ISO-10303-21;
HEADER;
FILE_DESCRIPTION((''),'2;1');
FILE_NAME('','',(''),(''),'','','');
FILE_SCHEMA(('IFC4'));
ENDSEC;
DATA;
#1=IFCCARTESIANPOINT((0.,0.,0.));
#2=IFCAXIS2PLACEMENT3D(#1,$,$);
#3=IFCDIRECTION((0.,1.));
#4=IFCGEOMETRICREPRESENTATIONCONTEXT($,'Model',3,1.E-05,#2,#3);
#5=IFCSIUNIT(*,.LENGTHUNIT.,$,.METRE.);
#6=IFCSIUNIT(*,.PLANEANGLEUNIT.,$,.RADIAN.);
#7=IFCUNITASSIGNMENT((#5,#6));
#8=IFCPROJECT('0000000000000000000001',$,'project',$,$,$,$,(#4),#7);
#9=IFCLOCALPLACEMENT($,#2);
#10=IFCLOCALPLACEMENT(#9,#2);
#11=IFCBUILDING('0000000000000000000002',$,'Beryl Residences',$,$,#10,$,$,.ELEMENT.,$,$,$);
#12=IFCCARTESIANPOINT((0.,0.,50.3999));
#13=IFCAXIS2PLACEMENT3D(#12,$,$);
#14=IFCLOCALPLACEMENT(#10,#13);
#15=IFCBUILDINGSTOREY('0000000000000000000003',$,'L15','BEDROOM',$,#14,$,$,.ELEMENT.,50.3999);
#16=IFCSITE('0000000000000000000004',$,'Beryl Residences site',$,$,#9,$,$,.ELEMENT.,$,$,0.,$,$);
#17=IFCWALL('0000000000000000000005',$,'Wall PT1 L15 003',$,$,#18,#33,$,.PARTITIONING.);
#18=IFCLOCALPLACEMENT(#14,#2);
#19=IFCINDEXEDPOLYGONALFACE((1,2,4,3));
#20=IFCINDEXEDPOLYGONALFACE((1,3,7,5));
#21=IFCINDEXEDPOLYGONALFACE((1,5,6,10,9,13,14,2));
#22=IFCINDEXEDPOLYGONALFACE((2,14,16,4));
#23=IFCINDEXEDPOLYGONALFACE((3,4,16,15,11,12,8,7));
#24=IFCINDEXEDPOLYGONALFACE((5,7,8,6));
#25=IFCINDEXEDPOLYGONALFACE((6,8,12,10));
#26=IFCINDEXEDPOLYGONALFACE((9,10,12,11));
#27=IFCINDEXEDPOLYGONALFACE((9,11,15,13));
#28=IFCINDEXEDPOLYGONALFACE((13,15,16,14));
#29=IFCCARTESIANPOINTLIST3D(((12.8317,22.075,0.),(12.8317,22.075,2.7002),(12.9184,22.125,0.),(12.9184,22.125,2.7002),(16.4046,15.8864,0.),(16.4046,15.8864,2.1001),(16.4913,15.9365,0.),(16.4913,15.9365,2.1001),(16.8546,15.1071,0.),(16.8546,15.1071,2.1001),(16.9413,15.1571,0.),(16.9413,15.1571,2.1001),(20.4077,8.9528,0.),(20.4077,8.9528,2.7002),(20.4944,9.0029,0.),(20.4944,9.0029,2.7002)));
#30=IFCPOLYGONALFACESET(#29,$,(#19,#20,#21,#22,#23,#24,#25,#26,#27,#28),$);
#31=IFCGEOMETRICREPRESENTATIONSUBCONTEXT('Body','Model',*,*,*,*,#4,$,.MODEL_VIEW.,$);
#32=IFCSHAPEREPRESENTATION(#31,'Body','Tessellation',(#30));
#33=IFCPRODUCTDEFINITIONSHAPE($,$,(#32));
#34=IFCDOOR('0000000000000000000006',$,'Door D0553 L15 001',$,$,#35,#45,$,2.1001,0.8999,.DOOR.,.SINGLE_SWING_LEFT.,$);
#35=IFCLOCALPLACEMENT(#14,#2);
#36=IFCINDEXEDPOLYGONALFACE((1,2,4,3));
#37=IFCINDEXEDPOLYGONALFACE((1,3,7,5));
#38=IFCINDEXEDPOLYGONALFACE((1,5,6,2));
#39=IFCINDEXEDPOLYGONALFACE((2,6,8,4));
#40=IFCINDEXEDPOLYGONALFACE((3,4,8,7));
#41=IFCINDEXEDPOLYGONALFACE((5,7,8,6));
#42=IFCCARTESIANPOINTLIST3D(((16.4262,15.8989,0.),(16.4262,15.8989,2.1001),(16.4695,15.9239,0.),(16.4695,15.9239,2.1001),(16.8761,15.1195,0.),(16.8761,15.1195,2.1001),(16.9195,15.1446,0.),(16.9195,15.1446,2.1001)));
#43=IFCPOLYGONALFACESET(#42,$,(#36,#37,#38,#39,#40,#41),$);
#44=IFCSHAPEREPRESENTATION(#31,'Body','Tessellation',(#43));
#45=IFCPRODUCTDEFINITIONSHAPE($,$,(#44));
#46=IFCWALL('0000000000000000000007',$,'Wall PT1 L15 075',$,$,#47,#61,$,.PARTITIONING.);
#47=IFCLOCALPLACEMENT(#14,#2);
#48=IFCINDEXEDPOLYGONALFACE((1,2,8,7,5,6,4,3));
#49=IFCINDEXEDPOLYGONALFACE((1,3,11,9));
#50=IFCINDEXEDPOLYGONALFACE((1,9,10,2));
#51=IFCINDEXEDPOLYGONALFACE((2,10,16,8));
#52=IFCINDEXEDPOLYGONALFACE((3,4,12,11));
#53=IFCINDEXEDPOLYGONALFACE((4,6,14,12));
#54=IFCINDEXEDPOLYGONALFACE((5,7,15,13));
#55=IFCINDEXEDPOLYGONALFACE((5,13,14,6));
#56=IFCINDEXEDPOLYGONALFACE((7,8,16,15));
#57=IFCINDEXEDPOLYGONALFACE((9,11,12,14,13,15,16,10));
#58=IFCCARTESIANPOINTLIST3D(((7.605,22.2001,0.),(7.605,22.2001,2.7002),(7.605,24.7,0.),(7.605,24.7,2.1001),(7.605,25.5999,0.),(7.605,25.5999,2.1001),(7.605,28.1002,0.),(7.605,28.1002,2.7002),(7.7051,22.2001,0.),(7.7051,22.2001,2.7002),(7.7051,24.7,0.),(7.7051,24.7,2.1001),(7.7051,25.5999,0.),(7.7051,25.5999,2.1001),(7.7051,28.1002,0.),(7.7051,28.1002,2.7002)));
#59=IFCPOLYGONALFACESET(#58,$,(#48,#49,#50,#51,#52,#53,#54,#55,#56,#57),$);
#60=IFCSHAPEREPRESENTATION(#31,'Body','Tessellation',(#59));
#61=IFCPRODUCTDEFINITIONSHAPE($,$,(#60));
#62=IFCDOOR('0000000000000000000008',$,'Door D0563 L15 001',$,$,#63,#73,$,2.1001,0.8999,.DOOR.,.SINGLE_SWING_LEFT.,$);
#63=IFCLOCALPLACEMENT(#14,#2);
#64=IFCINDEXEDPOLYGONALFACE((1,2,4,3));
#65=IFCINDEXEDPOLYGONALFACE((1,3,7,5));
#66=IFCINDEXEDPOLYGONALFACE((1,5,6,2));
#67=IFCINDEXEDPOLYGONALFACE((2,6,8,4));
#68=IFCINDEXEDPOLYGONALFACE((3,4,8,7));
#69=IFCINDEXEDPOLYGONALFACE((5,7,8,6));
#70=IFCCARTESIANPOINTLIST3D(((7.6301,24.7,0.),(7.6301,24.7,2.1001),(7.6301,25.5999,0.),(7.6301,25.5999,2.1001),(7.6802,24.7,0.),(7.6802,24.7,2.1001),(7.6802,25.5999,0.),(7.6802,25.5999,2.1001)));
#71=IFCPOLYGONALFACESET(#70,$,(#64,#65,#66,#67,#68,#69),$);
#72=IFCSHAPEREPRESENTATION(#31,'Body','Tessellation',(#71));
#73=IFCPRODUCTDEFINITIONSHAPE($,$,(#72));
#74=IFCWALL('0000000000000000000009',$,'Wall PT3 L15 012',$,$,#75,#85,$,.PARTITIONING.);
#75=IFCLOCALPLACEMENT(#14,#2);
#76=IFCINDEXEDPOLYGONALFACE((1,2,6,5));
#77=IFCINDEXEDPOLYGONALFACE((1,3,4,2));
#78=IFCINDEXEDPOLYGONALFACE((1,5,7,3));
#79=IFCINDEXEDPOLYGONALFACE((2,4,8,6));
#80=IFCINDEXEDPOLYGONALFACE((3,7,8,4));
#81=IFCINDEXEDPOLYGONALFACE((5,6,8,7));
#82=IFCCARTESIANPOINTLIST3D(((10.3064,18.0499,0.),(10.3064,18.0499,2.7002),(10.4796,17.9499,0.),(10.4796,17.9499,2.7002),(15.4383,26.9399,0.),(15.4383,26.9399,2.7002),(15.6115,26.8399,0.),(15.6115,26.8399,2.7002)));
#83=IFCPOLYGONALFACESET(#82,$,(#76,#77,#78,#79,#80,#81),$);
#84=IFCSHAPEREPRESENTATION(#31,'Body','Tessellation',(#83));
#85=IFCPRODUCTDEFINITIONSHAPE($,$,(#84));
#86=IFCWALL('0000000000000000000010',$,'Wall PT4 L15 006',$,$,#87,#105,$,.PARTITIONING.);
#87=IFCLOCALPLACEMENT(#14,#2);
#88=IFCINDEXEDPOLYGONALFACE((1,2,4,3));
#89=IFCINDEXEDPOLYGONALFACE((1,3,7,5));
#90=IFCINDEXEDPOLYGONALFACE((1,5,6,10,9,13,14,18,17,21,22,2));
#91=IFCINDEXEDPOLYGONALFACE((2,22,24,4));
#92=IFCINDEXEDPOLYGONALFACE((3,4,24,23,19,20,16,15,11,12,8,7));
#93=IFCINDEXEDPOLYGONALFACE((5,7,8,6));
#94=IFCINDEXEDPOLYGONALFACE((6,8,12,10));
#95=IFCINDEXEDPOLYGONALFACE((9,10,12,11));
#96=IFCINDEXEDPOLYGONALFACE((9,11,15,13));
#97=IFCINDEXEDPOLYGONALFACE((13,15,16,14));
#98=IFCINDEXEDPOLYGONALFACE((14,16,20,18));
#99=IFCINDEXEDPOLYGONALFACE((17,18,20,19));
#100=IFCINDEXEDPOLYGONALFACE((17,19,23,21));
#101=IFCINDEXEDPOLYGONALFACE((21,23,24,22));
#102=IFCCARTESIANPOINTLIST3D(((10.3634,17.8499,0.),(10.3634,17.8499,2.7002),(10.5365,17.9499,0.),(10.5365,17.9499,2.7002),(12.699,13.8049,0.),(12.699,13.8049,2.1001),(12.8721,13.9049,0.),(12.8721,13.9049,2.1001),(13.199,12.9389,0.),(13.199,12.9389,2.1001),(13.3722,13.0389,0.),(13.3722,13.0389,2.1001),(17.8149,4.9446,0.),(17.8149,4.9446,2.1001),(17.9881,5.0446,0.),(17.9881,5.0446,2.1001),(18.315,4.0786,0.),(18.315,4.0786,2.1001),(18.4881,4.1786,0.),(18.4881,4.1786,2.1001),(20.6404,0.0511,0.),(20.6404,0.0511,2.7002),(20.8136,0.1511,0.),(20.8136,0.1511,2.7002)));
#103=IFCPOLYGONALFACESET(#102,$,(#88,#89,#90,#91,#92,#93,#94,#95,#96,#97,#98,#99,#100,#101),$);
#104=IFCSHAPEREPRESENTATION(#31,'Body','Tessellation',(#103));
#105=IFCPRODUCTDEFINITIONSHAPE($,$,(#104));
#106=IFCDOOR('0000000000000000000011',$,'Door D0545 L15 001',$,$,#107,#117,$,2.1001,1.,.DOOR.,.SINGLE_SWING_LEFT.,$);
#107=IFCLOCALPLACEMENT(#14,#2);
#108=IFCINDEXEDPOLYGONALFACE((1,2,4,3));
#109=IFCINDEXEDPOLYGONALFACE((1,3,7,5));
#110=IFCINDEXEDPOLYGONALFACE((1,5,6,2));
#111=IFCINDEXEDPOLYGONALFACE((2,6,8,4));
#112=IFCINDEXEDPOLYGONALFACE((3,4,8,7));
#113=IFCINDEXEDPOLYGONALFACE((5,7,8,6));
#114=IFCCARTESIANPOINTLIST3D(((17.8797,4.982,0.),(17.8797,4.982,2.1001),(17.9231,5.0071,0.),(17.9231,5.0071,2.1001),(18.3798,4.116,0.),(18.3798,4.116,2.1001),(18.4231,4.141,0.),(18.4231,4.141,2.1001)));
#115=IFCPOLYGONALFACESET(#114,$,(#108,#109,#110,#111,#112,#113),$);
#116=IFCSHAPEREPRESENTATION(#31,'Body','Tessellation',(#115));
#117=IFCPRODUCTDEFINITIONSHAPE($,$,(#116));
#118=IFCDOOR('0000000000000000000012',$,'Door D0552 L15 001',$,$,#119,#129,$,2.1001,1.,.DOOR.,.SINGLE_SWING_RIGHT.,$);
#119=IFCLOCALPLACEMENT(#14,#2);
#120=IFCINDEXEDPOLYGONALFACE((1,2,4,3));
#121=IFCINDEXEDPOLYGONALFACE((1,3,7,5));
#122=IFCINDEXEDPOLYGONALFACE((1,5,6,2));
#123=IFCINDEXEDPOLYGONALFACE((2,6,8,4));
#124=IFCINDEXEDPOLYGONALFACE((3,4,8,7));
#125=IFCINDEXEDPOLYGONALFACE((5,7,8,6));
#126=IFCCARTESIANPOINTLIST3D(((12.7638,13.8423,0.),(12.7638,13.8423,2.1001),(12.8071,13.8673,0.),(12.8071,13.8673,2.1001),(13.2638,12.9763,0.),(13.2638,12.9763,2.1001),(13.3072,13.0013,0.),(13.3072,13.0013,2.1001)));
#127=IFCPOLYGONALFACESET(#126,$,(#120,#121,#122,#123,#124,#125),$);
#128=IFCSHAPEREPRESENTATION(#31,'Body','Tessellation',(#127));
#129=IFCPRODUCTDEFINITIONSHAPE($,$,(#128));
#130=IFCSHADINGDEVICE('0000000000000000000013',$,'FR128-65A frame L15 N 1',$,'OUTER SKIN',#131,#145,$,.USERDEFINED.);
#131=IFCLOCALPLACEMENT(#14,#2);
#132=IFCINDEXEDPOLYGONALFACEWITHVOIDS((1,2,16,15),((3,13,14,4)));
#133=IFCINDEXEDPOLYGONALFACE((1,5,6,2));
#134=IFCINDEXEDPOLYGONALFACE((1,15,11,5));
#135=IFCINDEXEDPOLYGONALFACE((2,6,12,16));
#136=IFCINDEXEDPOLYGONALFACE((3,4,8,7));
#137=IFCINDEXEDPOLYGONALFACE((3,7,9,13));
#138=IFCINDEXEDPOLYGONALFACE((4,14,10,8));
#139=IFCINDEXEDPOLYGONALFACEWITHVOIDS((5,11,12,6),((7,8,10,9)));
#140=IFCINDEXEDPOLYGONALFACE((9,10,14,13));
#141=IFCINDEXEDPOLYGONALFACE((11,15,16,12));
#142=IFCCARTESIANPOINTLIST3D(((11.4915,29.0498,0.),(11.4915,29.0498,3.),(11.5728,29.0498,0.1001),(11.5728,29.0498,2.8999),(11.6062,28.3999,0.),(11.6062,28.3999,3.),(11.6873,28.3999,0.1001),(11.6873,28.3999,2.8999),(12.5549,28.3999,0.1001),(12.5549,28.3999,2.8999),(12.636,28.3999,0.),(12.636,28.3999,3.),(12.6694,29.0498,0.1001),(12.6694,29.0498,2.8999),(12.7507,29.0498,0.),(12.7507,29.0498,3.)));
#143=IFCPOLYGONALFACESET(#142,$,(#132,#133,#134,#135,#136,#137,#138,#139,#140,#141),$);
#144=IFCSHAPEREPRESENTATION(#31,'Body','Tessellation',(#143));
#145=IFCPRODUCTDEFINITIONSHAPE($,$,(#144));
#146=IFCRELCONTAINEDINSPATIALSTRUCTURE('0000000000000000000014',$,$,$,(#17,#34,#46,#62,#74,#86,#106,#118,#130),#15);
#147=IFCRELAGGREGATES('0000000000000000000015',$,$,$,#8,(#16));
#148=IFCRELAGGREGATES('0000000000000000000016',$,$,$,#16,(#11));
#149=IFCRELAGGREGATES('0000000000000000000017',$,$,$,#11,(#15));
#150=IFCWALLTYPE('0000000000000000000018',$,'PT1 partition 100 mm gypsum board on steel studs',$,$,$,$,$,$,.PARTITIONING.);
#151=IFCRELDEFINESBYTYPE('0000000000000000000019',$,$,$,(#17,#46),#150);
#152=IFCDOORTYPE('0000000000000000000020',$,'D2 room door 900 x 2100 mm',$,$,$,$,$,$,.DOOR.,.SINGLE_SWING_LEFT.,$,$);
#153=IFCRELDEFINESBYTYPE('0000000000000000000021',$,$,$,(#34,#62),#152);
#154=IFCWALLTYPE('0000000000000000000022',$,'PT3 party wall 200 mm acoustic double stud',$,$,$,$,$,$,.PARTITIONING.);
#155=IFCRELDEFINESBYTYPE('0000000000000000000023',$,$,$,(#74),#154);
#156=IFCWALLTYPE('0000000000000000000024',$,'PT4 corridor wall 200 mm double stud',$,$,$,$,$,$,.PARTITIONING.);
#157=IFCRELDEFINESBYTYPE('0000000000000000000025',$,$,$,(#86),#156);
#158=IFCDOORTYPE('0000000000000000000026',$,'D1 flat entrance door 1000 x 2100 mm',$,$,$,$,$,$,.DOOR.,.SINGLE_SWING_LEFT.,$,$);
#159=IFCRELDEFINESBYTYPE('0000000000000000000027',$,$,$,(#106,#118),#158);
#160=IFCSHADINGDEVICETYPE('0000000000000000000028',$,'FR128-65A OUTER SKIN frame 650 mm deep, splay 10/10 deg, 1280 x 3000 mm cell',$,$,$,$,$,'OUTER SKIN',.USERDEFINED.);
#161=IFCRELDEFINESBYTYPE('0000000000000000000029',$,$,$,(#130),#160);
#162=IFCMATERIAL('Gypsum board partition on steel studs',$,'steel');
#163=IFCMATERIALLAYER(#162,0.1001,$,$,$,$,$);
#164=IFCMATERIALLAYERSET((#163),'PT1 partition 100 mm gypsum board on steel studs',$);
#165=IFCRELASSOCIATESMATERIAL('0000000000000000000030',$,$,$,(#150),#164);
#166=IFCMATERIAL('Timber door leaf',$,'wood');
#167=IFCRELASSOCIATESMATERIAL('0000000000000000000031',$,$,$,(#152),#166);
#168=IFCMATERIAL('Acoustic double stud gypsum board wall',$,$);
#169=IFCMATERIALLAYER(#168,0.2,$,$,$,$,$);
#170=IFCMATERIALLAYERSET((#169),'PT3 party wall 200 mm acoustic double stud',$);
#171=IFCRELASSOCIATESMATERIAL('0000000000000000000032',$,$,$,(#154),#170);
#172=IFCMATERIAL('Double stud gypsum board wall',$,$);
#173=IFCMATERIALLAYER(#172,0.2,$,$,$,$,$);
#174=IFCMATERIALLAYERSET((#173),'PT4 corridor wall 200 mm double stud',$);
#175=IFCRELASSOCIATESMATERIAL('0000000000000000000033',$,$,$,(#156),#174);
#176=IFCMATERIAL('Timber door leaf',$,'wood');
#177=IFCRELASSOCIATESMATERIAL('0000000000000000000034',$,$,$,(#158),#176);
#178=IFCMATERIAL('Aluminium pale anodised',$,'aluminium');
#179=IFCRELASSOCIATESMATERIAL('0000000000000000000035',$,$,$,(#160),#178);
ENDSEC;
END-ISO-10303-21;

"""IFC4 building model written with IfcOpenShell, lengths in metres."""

from ifc_helpers import new_model, entity, si_unit, direction, frame, frame_2d, origin, place, context, subcontext, project, spatial, rectangle, extrude, source, transform, mapped, material, layer, layer_set, type_object, type_shapes, element, fill, save


model = new_model("IFC4")

# Units and contexts
model_context = context("Model", 3, precision=1e-05, world=origin(), true_north=direction((0.0, 1.0)))
body_context = subcontext(model_context, "Body", "Model", "MODEL_VIEW")
ifc_project = project(units=[si_unit("LENGTHUNIT", "METRE"), si_unit("PLANEANGLEUNIT", "RADIAN")], contexts=[model_context])

# Site, building, storey
site_placement = place(None, origin())
site = spatial("IfcSite", under=ifc_project, at=site_placement, Name="Beryl Residences site", CompositionType="ELEMENT", RefElevation=0.0)
building_placement = place(site_placement, origin())
building = spatial("IfcBuilding", under=site, at=building_placement, Name="Beryl Residences", CompositionType="ELEMENT")
storey_placement = place(building_placement, frame((0.0, 0.0, 50.3999)))
storey = spatial("IfcBuildingStorey", under=building, at=storey_placement, Name="L15", Description="BEDROOM", CompositionType="ELEMENT", Elevation=50.3999)

# Walls, openings, doors
ifc_material_1 = material(Name="Gypsum board partition on steel studs", Category="steel")
ifc_layer_1 = layer(ifc_material_1, 0.1001)
ifc_layer_set_1 = layer_set([ifc_layer_1], Name="PT1 partition 100 mm gypsum board on steel studs")
wall_type_1 = type_object("IfcWallType", Name="PT1 partition 100 mm gypsum board on steel studs", PredefinedType="PARTITIONING", material=ifc_layer_set_1)
wall_1_placement = place(storey_placement, frame((12.875, 22.1001, 0.0), z_axis=(0.0, 0.0, 1.0), x_axis=(0.499995, -0.866028, 0.0)))
wall_1 = element("IfcWall", 1, at=wall_1_placement, inside=storey, type_object=wall_type_1, Name="Wall PT1 L15 003", PredefinedType="PARTITIONING", context=body_context, shape_type="SweptSolid", body=[
    extrude(rectangle(XDim=15.1521, YDim=0.1001, at=frame_2d((7.5762, 0.0))), origin(), (0.0, 0.0, 1.0), 2.7002),
])
opening_1_placement = place(wall_1_placement, frame((7.146, 0.0, 0.0)))
opening_1 = element("IfcOpeningElement", 2, at=opening_1_placement, cuts=wall_1, PredefinedType="OPENING", context=body_context, shape_type="SweptSolid", body=[
    extrude(rectangle(XDim=0.8999, YDim=2.1001, at=frame_2d((0.45, 1.05))), frame((0.0, 0.0601, 0.0), z_axis=(0.0, -1.0, 0.0), x_axis=(1.0, 0.0, 0.0)), (0.0, 0.0, 1.0), 0.1201),
])
ifc_material_2 = material(Name="Timber door leaf", Category="wood")
door_type_1 = type_object("IfcDoorType", Name="D2 room door 900 x 2100 mm", OperationType="SINGLE_SWING_LEFT", PredefinedType="DOOR", material=ifc_material_2)
door_1_placement = place(opening_1_placement, origin())
door_1 = element("IfcDoor", 3, at=door_1_placement, inside=storey, type_object=door_type_1, Name="Door D0553 L15 001", OperationType="SINGLE_SWING_LEFT", OverallHeight=2.1001, OverallWidth=0.8999, PredefinedType="DOOR", context=body_context, shape_type="SweptSolid", body=[
    extrude(rectangle(XDim=0.8999, YDim=2.1001, at=frame_2d((0.45, 1.05))), frame((0.0, 0.0249, 0.0), z_axis=(0.0, -1.0, 0.0), x_axis=(1.0, 0.0, 0.0)), (0.0, 0.0, 1.0), 0.05),
])
fill(opening_1, door_1)
wall_2_placement = place(storey_placement, frame((7.655, 22.2, 0.0), z_axis=(0.0, 0.0, 1.0), x_axis=(0.0, 1.0, 0.0)))
wall_2 = element("IfcWall", 4, at=wall_2_placement, inside=storey, type_object=wall_type_1, Name="Wall PT1 L15 075", PredefinedType="PARTITIONING", context=body_context, shape_type="SweptSolid", body=[
    extrude(rectangle(XDim=5.9001, YDim=0.1001, at=frame_2d((2.9502, 0.0))), origin(), (0.0, 0.0, 1.0), 2.7002),
])
opening_2_placement = place(wall_2_placement, frame((2.5, 0.0, 0.0)))
opening_2 = element("IfcOpeningElement", 5, at=opening_2_placement, cuts=wall_2, PredefinedType="OPENING", context=body_context, shape_type="SweptSolid", body=[
    extrude(rectangle(XDim=0.8999, YDim=2.1001, at=frame_2d((0.45, 1.05))), frame((0.0, 0.0601, 0.0), z_axis=(0.0, -1.0, 0.0), x_axis=(1.0, 0.0, 0.0)), (0.0, 0.0, 1.0), 0.1201),
])
door_2_placement = place(opening_2_placement, origin())
door_2 = element("IfcDoor", 6, at=door_2_placement, inside=storey, type_object=door_type_1, Name="Door D0563 L15 001", OperationType="SINGLE_SWING_LEFT", OverallHeight=2.1001, OverallWidth=0.8999, PredefinedType="DOOR", context=body_context, shape_type="SweptSolid", body=[
    extrude(rectangle(XDim=0.8999, YDim=2.1001, at=frame_2d((0.45, 1.05))), frame((0.0, 0.0249, 0.0), z_axis=(0.0, -1.0, 0.0), x_axis=(1.0, 0.0, 0.0)), (0.0, 0.0, 1.0), 0.05),
])
fill(opening_2, door_2)

# Wall
ifc_material_3 = material(Name="Acoustic double stud gypsum board wall")
ifc_layer_2 = layer(ifc_material_3, 0.2)
ifc_layer_set_2 = layer_set([ifc_layer_2], Name="PT3 party wall 200 mm acoustic double stud")
wall_type_2 = type_object("IfcWallType", Name="PT3 party wall 200 mm acoustic double stud", PredefinedType="PARTITIONING", material=ifc_layer_set_2)
wall_3_placement = place(storey_placement, frame((10.3931, 18.0, 0.0), z_axis=(0.0, 0.0, 1.0), x_axis=(0.499945, 0.866057, 0.0)))
element("IfcWall", 7, at=wall_3_placement, inside=storey, type_object=wall_type_2, Name="Wall PT3 L15 012", PredefinedType="PARTITIONING", context=body_context, shape_type="SweptSolid", body=[
    extrude(rectangle(XDim=10.2649, YDim=0.2, at=frame_2d((5.1323, 0.0))), origin(), (0.0, 0.0, 1.0), 2.7002),
])

# Wall, openings, doors
ifc_material_4 = material(Name="Double stud gypsum board wall")
ifc_layer_3 = layer(ifc_material_4, 0.2)
ifc_layer_set_3 = layer_set([ifc_layer_3], Name="PT4 corridor wall 200 mm double stud")
wall_type_3 = type_object("IfcWallType", Name="PT4 corridor wall 200 mm double stud", PredefinedType="PARTITIONING", material=ifc_layer_set_3)
wall_4_placement = place(storey_placement, frame((10.45, 17.8999, 0.0), z_axis=(0.0, 0.0, 1.0), x_axis=(0.500034, -0.866006, 0.0)))
wall_4 = element("IfcWall", 8, at=wall_4_placement, inside=storey, type_object=wall_type_3, Name="Wall PT4 L15 006", PredefinedType="PARTITIONING", context=body_context, shape_type="SweptSolid", body=[
    extrude(rectangle(XDim=20.5527, YDim=0.2, at=frame_2d((10.2764, 0.0))), origin(), (0.0, 0.0, 1.0), 2.7002),
])
opening_3_placement = place(wall_4_placement, frame((14.9021, 0.0, 0.0)))
opening_3 = element("IfcOpeningElement", 9, at=opening_3_placement, cuts=wall_4, PredefinedType="OPENING", context=body_context, shape_type="SweptSolid", body=[
    extrude(rectangle(XDim=1.0, YDim=2.1001, at=frame_2d((0.5, 1.05))), frame((0.0, 0.1099, 0.0), z_axis=(0.0, -1.0, 0.0), x_axis=(1.0, 0.0, 0.0)), (0.0, 0.0, 1.0), 0.22),
])
opening_4_placement = place(wall_4_placement, frame((4.6709, 0.0, 0.0)))
opening_4 = element("IfcOpeningElement", 10, at=opening_4_placement, cuts=wall_4, PredefinedType="OPENING", context=body_context, shape_type="SweptSolid", body=[
    extrude(rectangle(XDim=1.0, YDim=2.1001, at=frame_2d((0.5, 1.05))), frame((0.0, 0.1099, 0.0), z_axis=(0.0, -1.0, 0.0), x_axis=(1.0, 0.0, 0.0)), (0.0, 0.0, 1.0), 0.22),
])
ifc_material_5 = material(Name="Timber door leaf", Category="wood")
door_type_2 = type_object("IfcDoorType", Name="D1 flat entrance door 1000 x 2100 mm", OperationType="SINGLE_SWING_LEFT", PredefinedType="DOOR", material=ifc_material_5)
door_3_placement = place(opening_3_placement, origin())
door_3 = element("IfcDoor", 11, at=door_3_placement, inside=storey, type_object=door_type_2, Name="Door D0545 L15 001", OperationType="SINGLE_SWING_LEFT", OverallHeight=2.1001, OverallWidth=1.0, PredefinedType="DOOR", context=body_context, shape_type="SweptSolid", body=[
    extrude(rectangle(XDim=1.0, YDim=2.1001, at=frame_2d((0.5, 1.05))), frame((0.0, 0.0249, 0.0), z_axis=(0.0, -1.0, 0.0), x_axis=(1.0, 0.0, 0.0)), (0.0, 0.0, 1.0), 0.05),
])
fill(opening_3, door_3)
door_4_placement = place(opening_4_placement, origin())
door_4 = element("IfcDoor", 12, at=door_4_placement, inside=storey, type_object=door_type_2, Name="Door D0552 L15 001", OperationType="SINGLE_SWING_RIGHT", OverallHeight=2.1001, OverallWidth=1.0, PredefinedType="DOOR", context=body_context, shape_type="SweptSolid", body=[
    extrude(rectangle(XDim=1.0, YDim=2.1001, at=frame_2d((0.5, 1.05))), frame((0.0, 0.0249, 0.0), z_axis=(0.0, -1.0, 0.0), x_axis=(1.0, 0.0, 0.0)), (0.0, 0.0, 1.0), 0.05),
])
fill(opening_4, door_4)

# Shading device
ifc_material_6 = material(Name="Aluminium pale anodised", Category="aluminium")
shading_device_type_1 = type_object("IfcShadingDeviceType", Name="FR128-65A OUTER SKIN frame 650 mm deep, splay 10/10 deg, 1280 x 3000 mm cell", ElementType="OUTER SKIN", PredefinedType="USERDEFINED", material=ifc_material_6)
cartesian_point_1 = entity("IfcCartesianPoint", [-0.5149, 0.0])
cartesian_point_2 = entity("IfcCartesianPoint", [-0.4338, 0.1001])
cartesian_point_3 = entity("IfcCartesianPoint", [-0.6296, 0.0])
cartesian_point_4 = entity("IfcCartesianPoint", [-0.5483, 0.1001])
shared_shape_1 = source(origin(), body_context, "Body", "SweptSolid", [
    entity("IfcExtrudedAreaSolidTapered", entity("IfcArbitraryProfileDefWithVoids", "AREA", None, entity("IfcPolyline", [cartesian_point_1, entity("IfcCartesianPoint", [0.5149, 0.0]), entity("IfcCartesianPoint", [0.5149, 3.0]), entity("IfcCartesianPoint", [-0.5149, 3.0]), cartesian_point_1]), [entity("IfcPolyline", [cartesian_point_2, entity("IfcCartesianPoint", [0.4338, 0.1001]), entity("IfcCartesianPoint", [0.4338, 2.8999]), entity("IfcCartesianPoint", [-0.4338, 2.8999]), cartesian_point_2])]), entity("IfcAxis2Placement3D", entity("IfcCartesianPoint", [0.0, 0.0, 0.0]), entity("IfcDirection", [0.0, 1.0, 0.0]), entity("IfcDirection", [-1.0, 0.0, 0.0])), entity("IfcDirection", [0.0, 0.0, 1.0]), 0.6499, entity("IfcArbitraryProfileDefWithVoids", "AREA", None, entity("IfcPolyline", [cartesian_point_3, entity("IfcCartesianPoint", [0.6296, 0.0]), entity("IfcCartesianPoint", [0.6296, 3.0]), entity("IfcCartesianPoint", [-0.6296, 3.0]), cartesian_point_3]), [entity("IfcPolyline", [cartesian_point_4, entity("IfcCartesianPoint", [0.5483, 0.1001]), entity("IfcCartesianPoint", [0.5483, 2.8999]), entity("IfcCartesianPoint", [-0.5483, 2.8999]), cartesian_point_4])])),
])
type_shapes(shading_device_type_1, [shared_shape_1])
shading_device_1_placement = place(storey_placement, frame((12.1211, 28.3999, 0.0), z_axis=(0.0, 0.0, 1.0), x_axis=(1.0, 0.0, 0.0)))
element("IfcShadingDevice", 13, at=shading_device_1_placement, inside=storey, type_object=shading_device_type_1, Name="FR128-65A frame L15 N 1", ObjectType="OUTER SKIN", PredefinedType="USERDEFINED", context=body_context, shape_type="MappedRepresentation", body=[
    mapped(shared_shape_1, transform((0.0, 0.0, 0.0))),
])

save(model, "model.ifc")
